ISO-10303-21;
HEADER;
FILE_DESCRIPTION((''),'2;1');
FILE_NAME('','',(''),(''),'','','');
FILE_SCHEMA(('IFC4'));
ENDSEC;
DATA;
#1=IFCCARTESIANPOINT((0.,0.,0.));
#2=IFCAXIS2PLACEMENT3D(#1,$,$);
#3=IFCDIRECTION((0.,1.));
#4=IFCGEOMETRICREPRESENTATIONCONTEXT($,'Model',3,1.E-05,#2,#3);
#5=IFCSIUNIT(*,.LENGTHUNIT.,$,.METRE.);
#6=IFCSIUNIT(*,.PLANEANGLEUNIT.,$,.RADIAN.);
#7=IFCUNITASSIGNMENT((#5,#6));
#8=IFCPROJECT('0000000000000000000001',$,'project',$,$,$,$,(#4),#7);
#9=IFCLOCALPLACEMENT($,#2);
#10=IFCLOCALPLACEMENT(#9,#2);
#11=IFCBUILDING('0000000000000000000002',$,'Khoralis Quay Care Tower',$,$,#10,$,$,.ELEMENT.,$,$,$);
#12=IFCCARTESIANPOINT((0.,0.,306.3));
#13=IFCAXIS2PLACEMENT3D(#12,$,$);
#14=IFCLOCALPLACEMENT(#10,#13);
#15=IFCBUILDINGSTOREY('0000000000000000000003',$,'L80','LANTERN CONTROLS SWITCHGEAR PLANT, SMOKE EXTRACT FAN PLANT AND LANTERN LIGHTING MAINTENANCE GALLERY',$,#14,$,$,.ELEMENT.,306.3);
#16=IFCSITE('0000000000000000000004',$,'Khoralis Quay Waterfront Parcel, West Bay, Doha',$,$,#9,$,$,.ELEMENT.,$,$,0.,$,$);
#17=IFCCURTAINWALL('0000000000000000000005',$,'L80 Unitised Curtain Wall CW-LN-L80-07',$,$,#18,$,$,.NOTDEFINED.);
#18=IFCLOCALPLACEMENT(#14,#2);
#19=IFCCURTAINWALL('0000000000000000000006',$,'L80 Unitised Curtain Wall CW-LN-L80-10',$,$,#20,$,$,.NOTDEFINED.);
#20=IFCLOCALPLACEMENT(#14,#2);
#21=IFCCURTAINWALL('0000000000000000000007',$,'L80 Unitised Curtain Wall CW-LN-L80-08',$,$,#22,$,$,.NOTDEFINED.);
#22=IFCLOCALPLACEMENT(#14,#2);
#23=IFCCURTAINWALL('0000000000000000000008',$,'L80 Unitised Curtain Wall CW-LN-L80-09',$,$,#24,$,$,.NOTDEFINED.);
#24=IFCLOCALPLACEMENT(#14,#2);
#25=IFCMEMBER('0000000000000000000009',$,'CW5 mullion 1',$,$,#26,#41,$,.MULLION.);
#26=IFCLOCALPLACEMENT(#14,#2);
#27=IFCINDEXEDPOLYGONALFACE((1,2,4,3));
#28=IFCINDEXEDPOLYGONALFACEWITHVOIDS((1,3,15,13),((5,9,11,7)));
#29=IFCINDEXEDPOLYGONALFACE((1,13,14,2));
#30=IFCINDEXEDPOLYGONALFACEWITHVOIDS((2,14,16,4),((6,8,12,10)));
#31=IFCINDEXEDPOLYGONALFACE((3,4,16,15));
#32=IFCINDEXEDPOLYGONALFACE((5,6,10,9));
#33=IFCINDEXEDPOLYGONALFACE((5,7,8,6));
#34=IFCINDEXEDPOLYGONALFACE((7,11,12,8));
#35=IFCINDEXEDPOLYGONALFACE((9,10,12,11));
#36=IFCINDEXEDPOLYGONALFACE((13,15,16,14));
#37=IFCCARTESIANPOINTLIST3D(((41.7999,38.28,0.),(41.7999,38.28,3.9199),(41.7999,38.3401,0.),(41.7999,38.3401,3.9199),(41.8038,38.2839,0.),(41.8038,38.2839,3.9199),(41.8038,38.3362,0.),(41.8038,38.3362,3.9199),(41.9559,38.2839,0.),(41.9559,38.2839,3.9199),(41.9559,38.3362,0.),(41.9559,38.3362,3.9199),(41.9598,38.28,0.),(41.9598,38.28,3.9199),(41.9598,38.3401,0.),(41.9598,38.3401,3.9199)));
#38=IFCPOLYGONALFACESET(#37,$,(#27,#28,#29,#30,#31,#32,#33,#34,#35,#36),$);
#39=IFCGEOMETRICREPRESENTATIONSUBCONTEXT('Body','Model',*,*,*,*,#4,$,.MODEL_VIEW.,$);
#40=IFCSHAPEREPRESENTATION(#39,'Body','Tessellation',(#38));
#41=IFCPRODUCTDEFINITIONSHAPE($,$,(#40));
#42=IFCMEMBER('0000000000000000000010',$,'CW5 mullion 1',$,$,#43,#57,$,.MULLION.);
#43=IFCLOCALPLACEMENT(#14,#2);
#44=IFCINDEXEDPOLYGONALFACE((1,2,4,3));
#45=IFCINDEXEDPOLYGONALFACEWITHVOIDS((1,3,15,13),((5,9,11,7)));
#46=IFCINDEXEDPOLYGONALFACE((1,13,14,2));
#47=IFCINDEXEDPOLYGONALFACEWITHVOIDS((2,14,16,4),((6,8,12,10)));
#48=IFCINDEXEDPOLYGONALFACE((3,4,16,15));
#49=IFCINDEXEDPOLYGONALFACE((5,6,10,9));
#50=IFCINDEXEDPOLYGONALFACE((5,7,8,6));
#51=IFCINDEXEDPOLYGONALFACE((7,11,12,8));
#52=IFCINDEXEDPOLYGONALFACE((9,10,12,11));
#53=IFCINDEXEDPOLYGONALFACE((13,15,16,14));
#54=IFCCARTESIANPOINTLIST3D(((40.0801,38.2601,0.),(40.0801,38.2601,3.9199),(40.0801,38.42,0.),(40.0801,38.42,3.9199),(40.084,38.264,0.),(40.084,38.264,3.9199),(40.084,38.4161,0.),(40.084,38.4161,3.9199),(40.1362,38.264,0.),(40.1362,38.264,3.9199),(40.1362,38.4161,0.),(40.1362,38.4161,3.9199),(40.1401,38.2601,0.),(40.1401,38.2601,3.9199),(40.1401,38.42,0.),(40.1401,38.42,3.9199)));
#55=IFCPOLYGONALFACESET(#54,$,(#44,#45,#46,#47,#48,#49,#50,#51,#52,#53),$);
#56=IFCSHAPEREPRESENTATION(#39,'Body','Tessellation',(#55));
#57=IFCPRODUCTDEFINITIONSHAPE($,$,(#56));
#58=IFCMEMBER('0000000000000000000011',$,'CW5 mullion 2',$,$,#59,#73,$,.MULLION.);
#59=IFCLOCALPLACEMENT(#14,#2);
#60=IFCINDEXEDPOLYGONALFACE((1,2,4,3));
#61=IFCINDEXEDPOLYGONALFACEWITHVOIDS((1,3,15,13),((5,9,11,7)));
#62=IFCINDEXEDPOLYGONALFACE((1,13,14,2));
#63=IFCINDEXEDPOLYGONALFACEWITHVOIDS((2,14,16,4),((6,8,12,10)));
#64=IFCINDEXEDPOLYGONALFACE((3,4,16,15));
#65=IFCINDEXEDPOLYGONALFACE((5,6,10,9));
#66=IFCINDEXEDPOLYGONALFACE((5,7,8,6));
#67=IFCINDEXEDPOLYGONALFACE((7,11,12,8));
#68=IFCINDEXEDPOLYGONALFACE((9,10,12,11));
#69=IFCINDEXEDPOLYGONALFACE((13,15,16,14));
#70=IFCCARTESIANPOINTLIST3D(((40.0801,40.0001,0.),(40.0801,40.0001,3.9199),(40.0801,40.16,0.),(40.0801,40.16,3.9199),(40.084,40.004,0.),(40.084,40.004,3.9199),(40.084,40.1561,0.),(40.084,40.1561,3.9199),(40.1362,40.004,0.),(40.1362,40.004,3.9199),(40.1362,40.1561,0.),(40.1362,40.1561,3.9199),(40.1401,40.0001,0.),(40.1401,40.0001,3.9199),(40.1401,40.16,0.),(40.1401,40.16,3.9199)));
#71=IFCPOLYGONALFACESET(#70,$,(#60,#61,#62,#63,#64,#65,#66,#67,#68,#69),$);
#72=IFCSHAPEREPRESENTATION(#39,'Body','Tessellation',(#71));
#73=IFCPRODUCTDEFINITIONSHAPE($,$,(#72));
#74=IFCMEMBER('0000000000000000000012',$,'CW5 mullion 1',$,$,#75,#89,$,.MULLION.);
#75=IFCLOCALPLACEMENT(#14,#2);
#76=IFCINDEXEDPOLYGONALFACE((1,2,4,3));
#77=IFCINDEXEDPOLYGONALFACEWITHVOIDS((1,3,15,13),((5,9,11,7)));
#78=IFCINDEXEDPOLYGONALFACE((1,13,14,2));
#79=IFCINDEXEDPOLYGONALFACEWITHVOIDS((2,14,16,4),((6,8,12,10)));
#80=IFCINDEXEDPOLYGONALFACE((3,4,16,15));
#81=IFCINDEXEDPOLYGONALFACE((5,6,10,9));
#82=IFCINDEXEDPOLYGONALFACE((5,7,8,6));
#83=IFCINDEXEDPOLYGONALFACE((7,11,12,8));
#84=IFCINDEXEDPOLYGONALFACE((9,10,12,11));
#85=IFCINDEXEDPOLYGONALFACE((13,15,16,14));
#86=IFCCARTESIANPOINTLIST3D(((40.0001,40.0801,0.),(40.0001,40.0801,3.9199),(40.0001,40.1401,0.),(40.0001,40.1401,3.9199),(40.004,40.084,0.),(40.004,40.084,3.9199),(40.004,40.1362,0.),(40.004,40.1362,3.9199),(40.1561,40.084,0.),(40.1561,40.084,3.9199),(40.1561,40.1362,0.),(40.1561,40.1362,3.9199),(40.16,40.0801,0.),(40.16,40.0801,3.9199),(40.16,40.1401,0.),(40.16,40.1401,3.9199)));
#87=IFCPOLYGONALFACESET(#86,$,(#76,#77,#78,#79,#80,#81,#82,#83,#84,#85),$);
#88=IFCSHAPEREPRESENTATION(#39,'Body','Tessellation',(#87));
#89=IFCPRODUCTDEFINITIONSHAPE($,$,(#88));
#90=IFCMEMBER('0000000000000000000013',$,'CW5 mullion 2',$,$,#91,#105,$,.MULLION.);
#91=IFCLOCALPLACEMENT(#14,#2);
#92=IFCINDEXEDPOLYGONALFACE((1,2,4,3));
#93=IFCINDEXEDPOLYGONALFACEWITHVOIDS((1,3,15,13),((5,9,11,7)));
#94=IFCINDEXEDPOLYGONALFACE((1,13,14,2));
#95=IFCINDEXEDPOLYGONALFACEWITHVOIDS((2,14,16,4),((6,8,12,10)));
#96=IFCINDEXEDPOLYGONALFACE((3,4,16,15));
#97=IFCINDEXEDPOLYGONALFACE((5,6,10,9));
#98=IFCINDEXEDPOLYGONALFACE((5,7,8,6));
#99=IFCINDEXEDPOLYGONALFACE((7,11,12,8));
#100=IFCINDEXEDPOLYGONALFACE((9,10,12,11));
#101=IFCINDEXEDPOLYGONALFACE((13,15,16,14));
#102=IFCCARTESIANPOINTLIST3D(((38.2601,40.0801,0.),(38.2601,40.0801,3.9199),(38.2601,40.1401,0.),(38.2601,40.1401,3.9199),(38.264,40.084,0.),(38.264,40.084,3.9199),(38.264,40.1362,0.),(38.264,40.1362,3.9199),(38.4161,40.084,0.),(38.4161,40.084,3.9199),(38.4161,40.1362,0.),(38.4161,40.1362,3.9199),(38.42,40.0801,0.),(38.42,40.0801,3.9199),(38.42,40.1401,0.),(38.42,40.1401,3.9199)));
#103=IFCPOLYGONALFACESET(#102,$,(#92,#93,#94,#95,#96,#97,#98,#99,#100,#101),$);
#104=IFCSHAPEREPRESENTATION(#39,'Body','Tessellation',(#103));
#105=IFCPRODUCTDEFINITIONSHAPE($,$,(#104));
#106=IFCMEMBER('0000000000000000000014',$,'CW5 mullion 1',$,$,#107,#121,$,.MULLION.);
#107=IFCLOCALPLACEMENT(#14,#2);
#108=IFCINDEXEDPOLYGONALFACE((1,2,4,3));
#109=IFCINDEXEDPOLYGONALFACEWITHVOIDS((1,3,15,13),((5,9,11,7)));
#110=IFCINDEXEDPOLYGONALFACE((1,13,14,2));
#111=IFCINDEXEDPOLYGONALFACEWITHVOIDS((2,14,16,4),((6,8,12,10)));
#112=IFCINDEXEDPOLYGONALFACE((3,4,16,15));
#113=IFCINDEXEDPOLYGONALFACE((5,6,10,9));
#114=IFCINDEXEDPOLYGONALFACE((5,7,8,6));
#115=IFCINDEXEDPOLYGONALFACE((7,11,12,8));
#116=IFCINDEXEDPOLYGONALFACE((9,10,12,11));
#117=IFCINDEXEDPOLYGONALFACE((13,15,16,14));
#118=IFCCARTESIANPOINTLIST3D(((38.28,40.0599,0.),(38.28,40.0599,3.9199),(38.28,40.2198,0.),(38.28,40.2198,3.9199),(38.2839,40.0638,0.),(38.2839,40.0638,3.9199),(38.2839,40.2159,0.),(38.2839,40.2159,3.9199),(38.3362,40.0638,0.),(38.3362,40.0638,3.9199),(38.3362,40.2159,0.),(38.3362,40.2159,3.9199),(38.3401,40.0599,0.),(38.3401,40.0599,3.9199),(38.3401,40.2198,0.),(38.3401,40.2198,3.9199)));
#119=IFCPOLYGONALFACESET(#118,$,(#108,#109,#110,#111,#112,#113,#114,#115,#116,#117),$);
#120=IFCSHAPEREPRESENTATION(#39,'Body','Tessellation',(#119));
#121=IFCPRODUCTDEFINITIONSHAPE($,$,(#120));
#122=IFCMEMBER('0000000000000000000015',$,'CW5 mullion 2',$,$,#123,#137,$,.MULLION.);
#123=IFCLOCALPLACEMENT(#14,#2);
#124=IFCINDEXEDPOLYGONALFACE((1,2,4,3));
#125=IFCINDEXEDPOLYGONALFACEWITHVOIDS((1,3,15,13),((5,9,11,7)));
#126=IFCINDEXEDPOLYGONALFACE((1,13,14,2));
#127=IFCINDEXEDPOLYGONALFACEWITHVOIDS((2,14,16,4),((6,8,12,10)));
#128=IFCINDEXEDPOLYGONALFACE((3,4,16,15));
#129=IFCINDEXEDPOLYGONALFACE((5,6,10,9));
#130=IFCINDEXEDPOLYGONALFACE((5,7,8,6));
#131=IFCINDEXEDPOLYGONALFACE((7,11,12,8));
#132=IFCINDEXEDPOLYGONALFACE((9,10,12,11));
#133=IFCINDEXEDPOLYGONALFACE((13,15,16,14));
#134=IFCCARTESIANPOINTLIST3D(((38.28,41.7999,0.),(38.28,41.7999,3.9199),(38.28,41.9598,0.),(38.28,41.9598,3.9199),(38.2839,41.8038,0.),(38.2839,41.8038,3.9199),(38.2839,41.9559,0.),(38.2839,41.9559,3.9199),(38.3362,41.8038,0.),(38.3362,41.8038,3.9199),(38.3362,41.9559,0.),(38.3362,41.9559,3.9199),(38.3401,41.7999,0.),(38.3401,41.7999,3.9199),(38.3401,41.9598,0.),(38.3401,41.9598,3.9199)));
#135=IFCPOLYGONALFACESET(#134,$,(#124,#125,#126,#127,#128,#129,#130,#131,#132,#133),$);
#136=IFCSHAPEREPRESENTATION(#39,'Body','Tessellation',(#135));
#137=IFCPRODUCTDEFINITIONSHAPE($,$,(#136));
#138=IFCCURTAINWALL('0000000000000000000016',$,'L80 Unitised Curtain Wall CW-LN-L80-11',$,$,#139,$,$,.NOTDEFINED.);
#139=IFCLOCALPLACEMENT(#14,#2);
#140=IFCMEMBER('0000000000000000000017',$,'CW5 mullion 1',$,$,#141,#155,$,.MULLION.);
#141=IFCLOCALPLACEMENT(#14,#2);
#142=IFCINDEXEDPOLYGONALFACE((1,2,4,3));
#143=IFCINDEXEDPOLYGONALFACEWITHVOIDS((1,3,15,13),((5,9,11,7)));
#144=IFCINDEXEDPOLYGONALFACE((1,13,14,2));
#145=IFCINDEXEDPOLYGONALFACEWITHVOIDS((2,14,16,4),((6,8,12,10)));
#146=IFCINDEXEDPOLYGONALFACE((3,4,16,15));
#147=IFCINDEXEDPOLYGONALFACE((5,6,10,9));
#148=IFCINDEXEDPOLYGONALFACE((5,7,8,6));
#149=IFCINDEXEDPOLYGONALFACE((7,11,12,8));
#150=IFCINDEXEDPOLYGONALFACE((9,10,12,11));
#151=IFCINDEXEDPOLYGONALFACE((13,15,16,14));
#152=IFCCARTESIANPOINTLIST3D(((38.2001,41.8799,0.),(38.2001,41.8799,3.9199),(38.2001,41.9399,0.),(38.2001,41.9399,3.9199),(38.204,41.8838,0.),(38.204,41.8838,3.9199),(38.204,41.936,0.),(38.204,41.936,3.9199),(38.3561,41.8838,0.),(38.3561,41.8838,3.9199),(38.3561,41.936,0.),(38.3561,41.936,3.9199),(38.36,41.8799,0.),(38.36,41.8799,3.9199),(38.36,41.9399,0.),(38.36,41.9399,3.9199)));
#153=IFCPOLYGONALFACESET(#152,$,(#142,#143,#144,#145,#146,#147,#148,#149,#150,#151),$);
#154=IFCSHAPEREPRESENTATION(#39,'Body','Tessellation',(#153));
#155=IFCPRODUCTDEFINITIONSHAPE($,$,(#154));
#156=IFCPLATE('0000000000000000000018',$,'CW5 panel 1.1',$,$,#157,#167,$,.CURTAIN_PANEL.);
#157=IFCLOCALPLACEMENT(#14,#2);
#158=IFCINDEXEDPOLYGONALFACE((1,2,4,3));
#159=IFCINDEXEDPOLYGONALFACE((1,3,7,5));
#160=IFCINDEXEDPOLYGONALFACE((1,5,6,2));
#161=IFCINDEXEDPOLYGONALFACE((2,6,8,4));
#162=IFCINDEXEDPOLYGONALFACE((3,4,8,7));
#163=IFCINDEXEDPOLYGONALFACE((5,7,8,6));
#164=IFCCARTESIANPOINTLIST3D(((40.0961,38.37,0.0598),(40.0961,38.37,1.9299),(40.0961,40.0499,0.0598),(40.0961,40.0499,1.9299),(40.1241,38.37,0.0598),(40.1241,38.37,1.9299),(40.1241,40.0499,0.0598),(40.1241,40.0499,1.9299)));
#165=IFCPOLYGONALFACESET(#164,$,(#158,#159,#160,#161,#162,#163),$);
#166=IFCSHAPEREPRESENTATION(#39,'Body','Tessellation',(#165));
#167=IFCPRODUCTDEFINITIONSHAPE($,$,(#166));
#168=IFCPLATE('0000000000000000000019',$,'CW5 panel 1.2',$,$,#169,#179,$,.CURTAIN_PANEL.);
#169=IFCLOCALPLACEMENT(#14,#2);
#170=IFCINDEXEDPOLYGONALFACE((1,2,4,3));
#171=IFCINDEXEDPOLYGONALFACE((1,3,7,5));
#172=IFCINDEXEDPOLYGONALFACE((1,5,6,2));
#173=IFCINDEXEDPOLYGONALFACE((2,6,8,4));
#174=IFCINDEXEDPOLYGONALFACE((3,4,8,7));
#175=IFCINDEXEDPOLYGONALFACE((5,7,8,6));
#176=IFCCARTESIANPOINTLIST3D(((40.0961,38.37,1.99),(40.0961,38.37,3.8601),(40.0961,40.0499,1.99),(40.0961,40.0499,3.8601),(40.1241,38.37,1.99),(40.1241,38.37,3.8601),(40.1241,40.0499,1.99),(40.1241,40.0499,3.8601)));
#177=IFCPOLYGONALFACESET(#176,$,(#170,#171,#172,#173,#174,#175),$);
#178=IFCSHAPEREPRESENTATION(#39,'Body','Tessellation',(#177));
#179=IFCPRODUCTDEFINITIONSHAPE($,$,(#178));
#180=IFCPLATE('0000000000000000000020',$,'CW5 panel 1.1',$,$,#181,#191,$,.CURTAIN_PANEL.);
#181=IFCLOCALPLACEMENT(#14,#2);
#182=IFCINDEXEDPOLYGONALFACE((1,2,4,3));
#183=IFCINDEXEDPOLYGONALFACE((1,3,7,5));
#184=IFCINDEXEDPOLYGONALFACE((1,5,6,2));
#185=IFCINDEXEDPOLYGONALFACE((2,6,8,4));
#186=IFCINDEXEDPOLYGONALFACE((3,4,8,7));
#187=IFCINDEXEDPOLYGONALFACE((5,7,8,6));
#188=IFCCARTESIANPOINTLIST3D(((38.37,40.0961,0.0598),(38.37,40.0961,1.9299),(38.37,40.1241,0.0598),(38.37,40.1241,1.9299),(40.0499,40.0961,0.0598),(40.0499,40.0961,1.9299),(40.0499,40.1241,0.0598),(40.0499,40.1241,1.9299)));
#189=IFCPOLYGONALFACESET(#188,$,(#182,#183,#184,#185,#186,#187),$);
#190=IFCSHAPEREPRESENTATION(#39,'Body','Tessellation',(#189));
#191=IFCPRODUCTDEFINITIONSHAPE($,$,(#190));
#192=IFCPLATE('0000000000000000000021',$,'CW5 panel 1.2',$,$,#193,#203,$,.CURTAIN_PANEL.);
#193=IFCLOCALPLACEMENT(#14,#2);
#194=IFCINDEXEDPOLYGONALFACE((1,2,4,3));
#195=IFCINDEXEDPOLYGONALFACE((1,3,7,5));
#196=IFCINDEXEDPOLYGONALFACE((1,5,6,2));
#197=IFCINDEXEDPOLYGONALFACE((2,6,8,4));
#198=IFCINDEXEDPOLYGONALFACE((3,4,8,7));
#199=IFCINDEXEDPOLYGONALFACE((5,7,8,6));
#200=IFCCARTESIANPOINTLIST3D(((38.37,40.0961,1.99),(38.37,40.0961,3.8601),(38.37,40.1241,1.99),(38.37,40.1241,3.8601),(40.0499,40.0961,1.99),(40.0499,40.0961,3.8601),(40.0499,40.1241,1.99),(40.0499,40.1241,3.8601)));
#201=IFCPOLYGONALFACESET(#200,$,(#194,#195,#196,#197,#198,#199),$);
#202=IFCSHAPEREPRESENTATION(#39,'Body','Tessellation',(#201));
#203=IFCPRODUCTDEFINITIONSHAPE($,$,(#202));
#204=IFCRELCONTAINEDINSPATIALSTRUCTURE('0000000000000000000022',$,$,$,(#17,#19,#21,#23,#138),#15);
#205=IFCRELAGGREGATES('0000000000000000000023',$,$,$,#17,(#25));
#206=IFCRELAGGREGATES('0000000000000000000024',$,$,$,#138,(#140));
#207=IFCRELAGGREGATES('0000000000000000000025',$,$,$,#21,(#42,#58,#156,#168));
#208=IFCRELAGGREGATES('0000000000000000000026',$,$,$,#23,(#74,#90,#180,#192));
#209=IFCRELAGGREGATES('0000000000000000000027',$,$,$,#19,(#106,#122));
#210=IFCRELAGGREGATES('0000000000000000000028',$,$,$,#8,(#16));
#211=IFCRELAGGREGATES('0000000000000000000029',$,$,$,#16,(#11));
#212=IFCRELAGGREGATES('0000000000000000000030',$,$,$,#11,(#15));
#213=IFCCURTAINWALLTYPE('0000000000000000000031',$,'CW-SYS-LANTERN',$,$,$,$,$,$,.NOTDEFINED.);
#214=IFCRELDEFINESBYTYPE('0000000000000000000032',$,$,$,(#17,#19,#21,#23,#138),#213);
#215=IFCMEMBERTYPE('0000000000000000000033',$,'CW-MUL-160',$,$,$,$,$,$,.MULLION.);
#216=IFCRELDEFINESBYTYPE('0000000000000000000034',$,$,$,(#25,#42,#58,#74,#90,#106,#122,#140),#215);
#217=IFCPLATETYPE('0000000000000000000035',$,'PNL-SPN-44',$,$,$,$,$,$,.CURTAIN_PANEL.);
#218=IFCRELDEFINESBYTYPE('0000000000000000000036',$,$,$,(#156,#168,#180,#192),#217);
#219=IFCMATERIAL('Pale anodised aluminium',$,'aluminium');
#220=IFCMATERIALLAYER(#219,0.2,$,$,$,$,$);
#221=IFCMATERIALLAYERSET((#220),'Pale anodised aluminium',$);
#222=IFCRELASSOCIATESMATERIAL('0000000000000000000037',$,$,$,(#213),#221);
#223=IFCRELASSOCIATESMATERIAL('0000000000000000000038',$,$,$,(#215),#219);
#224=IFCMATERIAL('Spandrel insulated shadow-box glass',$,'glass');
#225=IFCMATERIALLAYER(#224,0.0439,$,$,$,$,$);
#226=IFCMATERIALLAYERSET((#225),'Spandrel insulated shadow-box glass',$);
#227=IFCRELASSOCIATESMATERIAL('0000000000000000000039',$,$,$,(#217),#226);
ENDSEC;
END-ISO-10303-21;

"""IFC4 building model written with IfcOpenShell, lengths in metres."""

from ifc_helpers import new_model, si_unit, direction, frame, origin, origin_2d, place, context, subcontext, project, spatial, rectangle, hollow_rectangle, extrude, source, transform, mapped, material, layer, layer_set, material_profile, profile_set, type_object, element, aggregate, save


model = new_model("IFC4")

# Units and contexts
model_context = context("Model", 3, precision=1e-05, world=origin(), true_north=direction((0.0, 1.0)))
body_context = subcontext(model_context, "Body", "Model", "MODEL_VIEW")
ifc_project = project(units=[si_unit("LENGTHUNIT", "METRE"), si_unit("PLANEANGLEUNIT", "RADIAN")], contexts=[model_context])

# Site, building, storey
site_placement = place(None, origin())
site = spatial("IfcSite", under=ifc_project, at=site_placement, Name="Khoralis Quay Waterfront Parcel, West Bay, Doha", CompositionType="ELEMENT", RefElevation=0.0)
building_placement = place(site_placement, origin())
building = spatial("IfcBuilding", under=site, at=building_placement, Name="Khoralis Quay Care Tower", CompositionType="ELEMENT")
storey_placement = place(building_placement, frame((0.0, 0.0, 306.3)))
storey = spatial("IfcBuildingStorey", under=building, at=storey_placement, Name="L80", Description="LANTERN CONTROLS SWITCHGEAR PLANT, SMOKE EXTRACT FAN PLANT AND LANTERN LIGHTING MAINTENANCE GALLERY", CompositionType="ELEMENT", Elevation=306.3)

# Curtain walls
ifc_material_1 = material(Name="Pale anodised aluminium", Category="aluminium")
ifc_layer_1 = layer(ifc_material_1, 0.2)
ifc_layer_set_1 = layer_set([ifc_layer_1], Name="Pale anodised aluminium")
curtain_wall_type = type_object("IfcCurtainWallType", Name="CW-SYS-LANTERN", PredefinedType="NOTDEFINED", material=ifc_layer_set_1)
curtain_wall_1_placement = place(storey_placement, origin())
curtain_wall_1 = element("IfcCurtainWall", 1, at=curtain_wall_1_placement, inside=storey, type_object=curtain_wall_type, Name="L80 Unitised Curtain Wall CW-LN-L80-07", PredefinedType="NOTDEFINED")
curtain_wall_2_placement = place(storey_placement, origin())
curtain_wall_2 = element("IfcCurtainWall", 2, at=curtain_wall_2_placement, inside=storey, type_object=curtain_wall_type, Name="L80 Unitised Curtain Wall CW-LN-L80-10", PredefinedType="NOTDEFINED")
curtain_wall_3_placement = place(storey_placement, origin())
curtain_wall_3 = element("IfcCurtainWall", 3, at=curtain_wall_3_placement, inside=storey, type_object=curtain_wall_type, Name="L80 Unitised Curtain Wall CW-LN-L80-08", PredefinedType="NOTDEFINED")
curtain_wall_4_placement = place(storey_placement, origin())
curtain_wall_4 = element("IfcCurtainWall", 4, at=curtain_wall_4_placement, inside=storey, type_object=curtain_wall_type, Name="L80 Unitised Curtain Wall CW-LN-L80-09", PredefinedType="NOTDEFINED")

# Members
ifc_material_profile_1 = material_profile(ifc_material_1, hollow_rectangle(XDim=0.0601, YDim=0.1599, WallThickness=0.0039, at=origin_2d()), Name="Pale anodised aluminium")
ifc_profile_set_1 = profile_set([ifc_material_profile_1], Name="Pale anodised aluminium")
member_type_1 = type_object("IfcMemberType", Name="CW-MUL-160", PredefinedType="MULLION", material=ifc_profile_set_1)
shared_shape_1 = source(origin(), body_context, "Body", "SweptSolid", [
    extrude(hollow_rectangle(XDim=0.0601, YDim=0.1599, WallThickness=0.0039, at=origin_2d()), origin(), (0.0, 0.0, 1.0), 3.9199),
])
member_1_placement = place(storey_placement, frame((41.8799, 38.3101, 0.0), z_axis=(0.0, 0.0, 1.0), x_axis=(0.0, -1.0, 0.0)))
member_1 = element("IfcMember", 5, at=member_1_placement, type_object=member_type_1, Name="CW5 mullion 1", PredefinedType="MULLION", context=body_context, shape_type="MappedRepresentation", body=[
    mapped(shared_shape_1, transform((0.0, 0.0, 0.0), scale=1.0)),
])
aggregate(curtain_wall_1, [member_1])
member_2_placement = place(storey_placement, frame((40.1101, 38.3401, 0.0), z_axis=(0.0, 0.0, 1.0), x_axis=(-1.0, 0.0, 0.0)))
member_2 = element("IfcMember", 6, at=member_2_placement, type_object=member_type_1, Name="CW5 mullion 1", PredefinedType="MULLION", context=body_context, shape_type="MappedRepresentation", body=[
    mapped(shared_shape_1, transform((0.0, 0.0, 0.0), scale=1.0)),
])
member_3_placement = place(storey_placement, frame((40.1101, 40.0801, 0.0), z_axis=(0.0, 0.0, 1.0), x_axis=(-1.0, 0.0, 0.0)))
member_3 = element("IfcMember", 7, at=member_3_placement, type_object=member_type_1, Name="CW5 mullion 2", PredefinedType="MULLION", context=body_context, shape_type="MappedRepresentation", body=[
    mapped(shared_shape_1, transform((0.0, 0.0, 0.0), scale=1.0)),
])
member_4_placement = place(storey_placement, frame((40.0801, 40.1101, 0.0), z_axis=(0.0, 0.0, 1.0), x_axis=(0.0, -1.0, 0.0)))
member_4 = element("IfcMember", 8, at=member_4_placement, type_object=member_type_1, Name="CW5 mullion 1", PredefinedType="MULLION", context=body_context, shape_type="MappedRepresentation", body=[
    mapped(shared_shape_1, transform((0.0, 0.0, 0.0), scale=1.0)),
])
member_5_placement = place(storey_placement, frame((38.3401, 40.1101, 0.0), z_axis=(0.0, 0.0, 1.0), x_axis=(0.0, -1.0, 0.0)))
member_5 = element("IfcMember", 9, at=member_5_placement, type_object=member_type_1, Name="CW5 mullion 2", PredefinedType="MULLION", context=body_context, shape_type="MappedRepresentation", body=[
    mapped(shared_shape_1, transform((0.0, 0.0, 0.0), scale=1.0)),
])
member_6_placement = place(storey_placement, frame((38.3101, 40.1399, 0.0), z_axis=(0.0, 0.0, 1.0), x_axis=(-1.0, 0.0, 0.0)))
member_6 = element("IfcMember", 10, at=member_6_placement, type_object=member_type_1, Name="CW5 mullion 1", PredefinedType="MULLION", context=body_context, shape_type="MappedRepresentation", body=[
    mapped(shared_shape_1, transform((0.0, 0.0, 0.0), scale=1.0)),
])
member_7_placement = place(storey_placement, frame((38.3101, 41.8799, 0.0), z_axis=(0.0, 0.0, 1.0), x_axis=(-1.0, 0.0, 0.0)))
member_7 = element("IfcMember", 11, at=member_7_placement, type_object=member_type_1, Name="CW5 mullion 2", PredefinedType="MULLION", context=body_context, shape_type="MappedRepresentation", body=[
    mapped(shared_shape_1, transform((0.0, 0.0, 0.0), scale=1.0)),
])

# Curtain wall, member
curtain_wall_5_placement = place(storey_placement, origin())
curtain_wall_5 = element("IfcCurtainWall", 12, at=curtain_wall_5_placement, inside=storey, type_object=curtain_wall_type, Name="L80 Unitised Curtain Wall CW-LN-L80-11", PredefinedType="NOTDEFINED")
member_8_placement = place(storey_placement, frame((38.28, 41.9099, 0.0), z_axis=(0.0, 0.0, 1.0), x_axis=(0.0, -1.0, 0.0)))
member_8 = element("IfcMember", 13, at=member_8_placement, type_object=member_type_1, Name="CW5 mullion 1", PredefinedType="MULLION", context=body_context, shape_type="MappedRepresentation", body=[
    mapped(shared_shape_1, transform((0.0, 0.0, 0.0), scale=1.0)),
])
aggregate(curtain_wall_5, [member_8])

# Plates
ifc_material_2 = material(Name="Spandrel insulated shadow-box glass", Category="glass")
ifc_layer_2 = layer(ifc_material_2, 0.0439)
ifc_layer_set_2 = layer_set([ifc_layer_2], Name="Spandrel insulated shadow-box glass")
plate_type = type_object("IfcPlateType", Name="PNL-SPN-44", PredefinedType="CURTAIN_PANEL", material=ifc_layer_set_2)
shared_shape_2 = source(origin(), body_context, "Body", "SweptSolid", [
    extrude(rectangle(XDim=1.6799, YDim=0.0281, at=origin_2d()), origin(), (0.0, 0.0, 1.0), 1.8701),
])
plate_1_placement = place(storey_placement, frame((40.1101, 39.21, 0.0598), z_axis=(0.0, 0.0, 1.0), x_axis=(0.0, 1.0, 0.0)))
plate_1 = element("IfcPlate", 14, at=plate_1_placement, type_object=plate_type, Name="CW5 panel 1.1", PredefinedType="CURTAIN_PANEL", context=body_context, shape_type="MappedRepresentation", body=[
    mapped(shared_shape_2, transform((0.0, 0.0, 0.0), scale=1.0)),
])
plate_2_placement = place(storey_placement, frame((40.1101, 39.21, 1.99), z_axis=(0.0, 0.0, 1.0), x_axis=(0.0, 1.0, 0.0)))
plate_2 = element("IfcPlate", 15, at=plate_2_placement, type_object=plate_type, Name="CW5 panel 1.2", PredefinedType="CURTAIN_PANEL", context=body_context, shape_type="MappedRepresentation", body=[
    mapped(shared_shape_2, transform((0.0, 0.0, 0.0), scale=1.0)),
])
aggregate(curtain_wall_3, [member_2, member_3, plate_1, plate_2])
plate_3_placement = place(storey_placement, frame((39.21, 40.1101, 0.0598), z_axis=(0.0, 0.0, 1.0), x_axis=(-1.0, 0.0, 0.0)))
plate_3 = element("IfcPlate", 16, at=plate_3_placement, type_object=plate_type, Name="CW5 panel 1.1", PredefinedType="CURTAIN_PANEL", context=body_context, shape_type="MappedRepresentation", body=[
    mapped(shared_shape_2, transform((0.0, 0.0, 0.0), scale=1.0)),
])
plate_4_placement = place(storey_placement, frame((39.21, 40.1101, 1.99), z_axis=(0.0, 0.0, 1.0), x_axis=(-1.0, 0.0, 0.0)))
plate_4 = element("IfcPlate", 17, at=plate_4_placement, type_object=plate_type, Name="CW5 panel 1.2", PredefinedType="CURTAIN_PANEL", context=body_context, shape_type="MappedRepresentation", body=[
    mapped(shared_shape_2, transform((0.0, 0.0, 0.0), scale=1.0)),
])
aggregate(curtain_wall_4, [member_4, member_5, plate_3, plate_4])
aggregate(curtain_wall_2, [member_6, member_7])

save(model, "model.ifc")
